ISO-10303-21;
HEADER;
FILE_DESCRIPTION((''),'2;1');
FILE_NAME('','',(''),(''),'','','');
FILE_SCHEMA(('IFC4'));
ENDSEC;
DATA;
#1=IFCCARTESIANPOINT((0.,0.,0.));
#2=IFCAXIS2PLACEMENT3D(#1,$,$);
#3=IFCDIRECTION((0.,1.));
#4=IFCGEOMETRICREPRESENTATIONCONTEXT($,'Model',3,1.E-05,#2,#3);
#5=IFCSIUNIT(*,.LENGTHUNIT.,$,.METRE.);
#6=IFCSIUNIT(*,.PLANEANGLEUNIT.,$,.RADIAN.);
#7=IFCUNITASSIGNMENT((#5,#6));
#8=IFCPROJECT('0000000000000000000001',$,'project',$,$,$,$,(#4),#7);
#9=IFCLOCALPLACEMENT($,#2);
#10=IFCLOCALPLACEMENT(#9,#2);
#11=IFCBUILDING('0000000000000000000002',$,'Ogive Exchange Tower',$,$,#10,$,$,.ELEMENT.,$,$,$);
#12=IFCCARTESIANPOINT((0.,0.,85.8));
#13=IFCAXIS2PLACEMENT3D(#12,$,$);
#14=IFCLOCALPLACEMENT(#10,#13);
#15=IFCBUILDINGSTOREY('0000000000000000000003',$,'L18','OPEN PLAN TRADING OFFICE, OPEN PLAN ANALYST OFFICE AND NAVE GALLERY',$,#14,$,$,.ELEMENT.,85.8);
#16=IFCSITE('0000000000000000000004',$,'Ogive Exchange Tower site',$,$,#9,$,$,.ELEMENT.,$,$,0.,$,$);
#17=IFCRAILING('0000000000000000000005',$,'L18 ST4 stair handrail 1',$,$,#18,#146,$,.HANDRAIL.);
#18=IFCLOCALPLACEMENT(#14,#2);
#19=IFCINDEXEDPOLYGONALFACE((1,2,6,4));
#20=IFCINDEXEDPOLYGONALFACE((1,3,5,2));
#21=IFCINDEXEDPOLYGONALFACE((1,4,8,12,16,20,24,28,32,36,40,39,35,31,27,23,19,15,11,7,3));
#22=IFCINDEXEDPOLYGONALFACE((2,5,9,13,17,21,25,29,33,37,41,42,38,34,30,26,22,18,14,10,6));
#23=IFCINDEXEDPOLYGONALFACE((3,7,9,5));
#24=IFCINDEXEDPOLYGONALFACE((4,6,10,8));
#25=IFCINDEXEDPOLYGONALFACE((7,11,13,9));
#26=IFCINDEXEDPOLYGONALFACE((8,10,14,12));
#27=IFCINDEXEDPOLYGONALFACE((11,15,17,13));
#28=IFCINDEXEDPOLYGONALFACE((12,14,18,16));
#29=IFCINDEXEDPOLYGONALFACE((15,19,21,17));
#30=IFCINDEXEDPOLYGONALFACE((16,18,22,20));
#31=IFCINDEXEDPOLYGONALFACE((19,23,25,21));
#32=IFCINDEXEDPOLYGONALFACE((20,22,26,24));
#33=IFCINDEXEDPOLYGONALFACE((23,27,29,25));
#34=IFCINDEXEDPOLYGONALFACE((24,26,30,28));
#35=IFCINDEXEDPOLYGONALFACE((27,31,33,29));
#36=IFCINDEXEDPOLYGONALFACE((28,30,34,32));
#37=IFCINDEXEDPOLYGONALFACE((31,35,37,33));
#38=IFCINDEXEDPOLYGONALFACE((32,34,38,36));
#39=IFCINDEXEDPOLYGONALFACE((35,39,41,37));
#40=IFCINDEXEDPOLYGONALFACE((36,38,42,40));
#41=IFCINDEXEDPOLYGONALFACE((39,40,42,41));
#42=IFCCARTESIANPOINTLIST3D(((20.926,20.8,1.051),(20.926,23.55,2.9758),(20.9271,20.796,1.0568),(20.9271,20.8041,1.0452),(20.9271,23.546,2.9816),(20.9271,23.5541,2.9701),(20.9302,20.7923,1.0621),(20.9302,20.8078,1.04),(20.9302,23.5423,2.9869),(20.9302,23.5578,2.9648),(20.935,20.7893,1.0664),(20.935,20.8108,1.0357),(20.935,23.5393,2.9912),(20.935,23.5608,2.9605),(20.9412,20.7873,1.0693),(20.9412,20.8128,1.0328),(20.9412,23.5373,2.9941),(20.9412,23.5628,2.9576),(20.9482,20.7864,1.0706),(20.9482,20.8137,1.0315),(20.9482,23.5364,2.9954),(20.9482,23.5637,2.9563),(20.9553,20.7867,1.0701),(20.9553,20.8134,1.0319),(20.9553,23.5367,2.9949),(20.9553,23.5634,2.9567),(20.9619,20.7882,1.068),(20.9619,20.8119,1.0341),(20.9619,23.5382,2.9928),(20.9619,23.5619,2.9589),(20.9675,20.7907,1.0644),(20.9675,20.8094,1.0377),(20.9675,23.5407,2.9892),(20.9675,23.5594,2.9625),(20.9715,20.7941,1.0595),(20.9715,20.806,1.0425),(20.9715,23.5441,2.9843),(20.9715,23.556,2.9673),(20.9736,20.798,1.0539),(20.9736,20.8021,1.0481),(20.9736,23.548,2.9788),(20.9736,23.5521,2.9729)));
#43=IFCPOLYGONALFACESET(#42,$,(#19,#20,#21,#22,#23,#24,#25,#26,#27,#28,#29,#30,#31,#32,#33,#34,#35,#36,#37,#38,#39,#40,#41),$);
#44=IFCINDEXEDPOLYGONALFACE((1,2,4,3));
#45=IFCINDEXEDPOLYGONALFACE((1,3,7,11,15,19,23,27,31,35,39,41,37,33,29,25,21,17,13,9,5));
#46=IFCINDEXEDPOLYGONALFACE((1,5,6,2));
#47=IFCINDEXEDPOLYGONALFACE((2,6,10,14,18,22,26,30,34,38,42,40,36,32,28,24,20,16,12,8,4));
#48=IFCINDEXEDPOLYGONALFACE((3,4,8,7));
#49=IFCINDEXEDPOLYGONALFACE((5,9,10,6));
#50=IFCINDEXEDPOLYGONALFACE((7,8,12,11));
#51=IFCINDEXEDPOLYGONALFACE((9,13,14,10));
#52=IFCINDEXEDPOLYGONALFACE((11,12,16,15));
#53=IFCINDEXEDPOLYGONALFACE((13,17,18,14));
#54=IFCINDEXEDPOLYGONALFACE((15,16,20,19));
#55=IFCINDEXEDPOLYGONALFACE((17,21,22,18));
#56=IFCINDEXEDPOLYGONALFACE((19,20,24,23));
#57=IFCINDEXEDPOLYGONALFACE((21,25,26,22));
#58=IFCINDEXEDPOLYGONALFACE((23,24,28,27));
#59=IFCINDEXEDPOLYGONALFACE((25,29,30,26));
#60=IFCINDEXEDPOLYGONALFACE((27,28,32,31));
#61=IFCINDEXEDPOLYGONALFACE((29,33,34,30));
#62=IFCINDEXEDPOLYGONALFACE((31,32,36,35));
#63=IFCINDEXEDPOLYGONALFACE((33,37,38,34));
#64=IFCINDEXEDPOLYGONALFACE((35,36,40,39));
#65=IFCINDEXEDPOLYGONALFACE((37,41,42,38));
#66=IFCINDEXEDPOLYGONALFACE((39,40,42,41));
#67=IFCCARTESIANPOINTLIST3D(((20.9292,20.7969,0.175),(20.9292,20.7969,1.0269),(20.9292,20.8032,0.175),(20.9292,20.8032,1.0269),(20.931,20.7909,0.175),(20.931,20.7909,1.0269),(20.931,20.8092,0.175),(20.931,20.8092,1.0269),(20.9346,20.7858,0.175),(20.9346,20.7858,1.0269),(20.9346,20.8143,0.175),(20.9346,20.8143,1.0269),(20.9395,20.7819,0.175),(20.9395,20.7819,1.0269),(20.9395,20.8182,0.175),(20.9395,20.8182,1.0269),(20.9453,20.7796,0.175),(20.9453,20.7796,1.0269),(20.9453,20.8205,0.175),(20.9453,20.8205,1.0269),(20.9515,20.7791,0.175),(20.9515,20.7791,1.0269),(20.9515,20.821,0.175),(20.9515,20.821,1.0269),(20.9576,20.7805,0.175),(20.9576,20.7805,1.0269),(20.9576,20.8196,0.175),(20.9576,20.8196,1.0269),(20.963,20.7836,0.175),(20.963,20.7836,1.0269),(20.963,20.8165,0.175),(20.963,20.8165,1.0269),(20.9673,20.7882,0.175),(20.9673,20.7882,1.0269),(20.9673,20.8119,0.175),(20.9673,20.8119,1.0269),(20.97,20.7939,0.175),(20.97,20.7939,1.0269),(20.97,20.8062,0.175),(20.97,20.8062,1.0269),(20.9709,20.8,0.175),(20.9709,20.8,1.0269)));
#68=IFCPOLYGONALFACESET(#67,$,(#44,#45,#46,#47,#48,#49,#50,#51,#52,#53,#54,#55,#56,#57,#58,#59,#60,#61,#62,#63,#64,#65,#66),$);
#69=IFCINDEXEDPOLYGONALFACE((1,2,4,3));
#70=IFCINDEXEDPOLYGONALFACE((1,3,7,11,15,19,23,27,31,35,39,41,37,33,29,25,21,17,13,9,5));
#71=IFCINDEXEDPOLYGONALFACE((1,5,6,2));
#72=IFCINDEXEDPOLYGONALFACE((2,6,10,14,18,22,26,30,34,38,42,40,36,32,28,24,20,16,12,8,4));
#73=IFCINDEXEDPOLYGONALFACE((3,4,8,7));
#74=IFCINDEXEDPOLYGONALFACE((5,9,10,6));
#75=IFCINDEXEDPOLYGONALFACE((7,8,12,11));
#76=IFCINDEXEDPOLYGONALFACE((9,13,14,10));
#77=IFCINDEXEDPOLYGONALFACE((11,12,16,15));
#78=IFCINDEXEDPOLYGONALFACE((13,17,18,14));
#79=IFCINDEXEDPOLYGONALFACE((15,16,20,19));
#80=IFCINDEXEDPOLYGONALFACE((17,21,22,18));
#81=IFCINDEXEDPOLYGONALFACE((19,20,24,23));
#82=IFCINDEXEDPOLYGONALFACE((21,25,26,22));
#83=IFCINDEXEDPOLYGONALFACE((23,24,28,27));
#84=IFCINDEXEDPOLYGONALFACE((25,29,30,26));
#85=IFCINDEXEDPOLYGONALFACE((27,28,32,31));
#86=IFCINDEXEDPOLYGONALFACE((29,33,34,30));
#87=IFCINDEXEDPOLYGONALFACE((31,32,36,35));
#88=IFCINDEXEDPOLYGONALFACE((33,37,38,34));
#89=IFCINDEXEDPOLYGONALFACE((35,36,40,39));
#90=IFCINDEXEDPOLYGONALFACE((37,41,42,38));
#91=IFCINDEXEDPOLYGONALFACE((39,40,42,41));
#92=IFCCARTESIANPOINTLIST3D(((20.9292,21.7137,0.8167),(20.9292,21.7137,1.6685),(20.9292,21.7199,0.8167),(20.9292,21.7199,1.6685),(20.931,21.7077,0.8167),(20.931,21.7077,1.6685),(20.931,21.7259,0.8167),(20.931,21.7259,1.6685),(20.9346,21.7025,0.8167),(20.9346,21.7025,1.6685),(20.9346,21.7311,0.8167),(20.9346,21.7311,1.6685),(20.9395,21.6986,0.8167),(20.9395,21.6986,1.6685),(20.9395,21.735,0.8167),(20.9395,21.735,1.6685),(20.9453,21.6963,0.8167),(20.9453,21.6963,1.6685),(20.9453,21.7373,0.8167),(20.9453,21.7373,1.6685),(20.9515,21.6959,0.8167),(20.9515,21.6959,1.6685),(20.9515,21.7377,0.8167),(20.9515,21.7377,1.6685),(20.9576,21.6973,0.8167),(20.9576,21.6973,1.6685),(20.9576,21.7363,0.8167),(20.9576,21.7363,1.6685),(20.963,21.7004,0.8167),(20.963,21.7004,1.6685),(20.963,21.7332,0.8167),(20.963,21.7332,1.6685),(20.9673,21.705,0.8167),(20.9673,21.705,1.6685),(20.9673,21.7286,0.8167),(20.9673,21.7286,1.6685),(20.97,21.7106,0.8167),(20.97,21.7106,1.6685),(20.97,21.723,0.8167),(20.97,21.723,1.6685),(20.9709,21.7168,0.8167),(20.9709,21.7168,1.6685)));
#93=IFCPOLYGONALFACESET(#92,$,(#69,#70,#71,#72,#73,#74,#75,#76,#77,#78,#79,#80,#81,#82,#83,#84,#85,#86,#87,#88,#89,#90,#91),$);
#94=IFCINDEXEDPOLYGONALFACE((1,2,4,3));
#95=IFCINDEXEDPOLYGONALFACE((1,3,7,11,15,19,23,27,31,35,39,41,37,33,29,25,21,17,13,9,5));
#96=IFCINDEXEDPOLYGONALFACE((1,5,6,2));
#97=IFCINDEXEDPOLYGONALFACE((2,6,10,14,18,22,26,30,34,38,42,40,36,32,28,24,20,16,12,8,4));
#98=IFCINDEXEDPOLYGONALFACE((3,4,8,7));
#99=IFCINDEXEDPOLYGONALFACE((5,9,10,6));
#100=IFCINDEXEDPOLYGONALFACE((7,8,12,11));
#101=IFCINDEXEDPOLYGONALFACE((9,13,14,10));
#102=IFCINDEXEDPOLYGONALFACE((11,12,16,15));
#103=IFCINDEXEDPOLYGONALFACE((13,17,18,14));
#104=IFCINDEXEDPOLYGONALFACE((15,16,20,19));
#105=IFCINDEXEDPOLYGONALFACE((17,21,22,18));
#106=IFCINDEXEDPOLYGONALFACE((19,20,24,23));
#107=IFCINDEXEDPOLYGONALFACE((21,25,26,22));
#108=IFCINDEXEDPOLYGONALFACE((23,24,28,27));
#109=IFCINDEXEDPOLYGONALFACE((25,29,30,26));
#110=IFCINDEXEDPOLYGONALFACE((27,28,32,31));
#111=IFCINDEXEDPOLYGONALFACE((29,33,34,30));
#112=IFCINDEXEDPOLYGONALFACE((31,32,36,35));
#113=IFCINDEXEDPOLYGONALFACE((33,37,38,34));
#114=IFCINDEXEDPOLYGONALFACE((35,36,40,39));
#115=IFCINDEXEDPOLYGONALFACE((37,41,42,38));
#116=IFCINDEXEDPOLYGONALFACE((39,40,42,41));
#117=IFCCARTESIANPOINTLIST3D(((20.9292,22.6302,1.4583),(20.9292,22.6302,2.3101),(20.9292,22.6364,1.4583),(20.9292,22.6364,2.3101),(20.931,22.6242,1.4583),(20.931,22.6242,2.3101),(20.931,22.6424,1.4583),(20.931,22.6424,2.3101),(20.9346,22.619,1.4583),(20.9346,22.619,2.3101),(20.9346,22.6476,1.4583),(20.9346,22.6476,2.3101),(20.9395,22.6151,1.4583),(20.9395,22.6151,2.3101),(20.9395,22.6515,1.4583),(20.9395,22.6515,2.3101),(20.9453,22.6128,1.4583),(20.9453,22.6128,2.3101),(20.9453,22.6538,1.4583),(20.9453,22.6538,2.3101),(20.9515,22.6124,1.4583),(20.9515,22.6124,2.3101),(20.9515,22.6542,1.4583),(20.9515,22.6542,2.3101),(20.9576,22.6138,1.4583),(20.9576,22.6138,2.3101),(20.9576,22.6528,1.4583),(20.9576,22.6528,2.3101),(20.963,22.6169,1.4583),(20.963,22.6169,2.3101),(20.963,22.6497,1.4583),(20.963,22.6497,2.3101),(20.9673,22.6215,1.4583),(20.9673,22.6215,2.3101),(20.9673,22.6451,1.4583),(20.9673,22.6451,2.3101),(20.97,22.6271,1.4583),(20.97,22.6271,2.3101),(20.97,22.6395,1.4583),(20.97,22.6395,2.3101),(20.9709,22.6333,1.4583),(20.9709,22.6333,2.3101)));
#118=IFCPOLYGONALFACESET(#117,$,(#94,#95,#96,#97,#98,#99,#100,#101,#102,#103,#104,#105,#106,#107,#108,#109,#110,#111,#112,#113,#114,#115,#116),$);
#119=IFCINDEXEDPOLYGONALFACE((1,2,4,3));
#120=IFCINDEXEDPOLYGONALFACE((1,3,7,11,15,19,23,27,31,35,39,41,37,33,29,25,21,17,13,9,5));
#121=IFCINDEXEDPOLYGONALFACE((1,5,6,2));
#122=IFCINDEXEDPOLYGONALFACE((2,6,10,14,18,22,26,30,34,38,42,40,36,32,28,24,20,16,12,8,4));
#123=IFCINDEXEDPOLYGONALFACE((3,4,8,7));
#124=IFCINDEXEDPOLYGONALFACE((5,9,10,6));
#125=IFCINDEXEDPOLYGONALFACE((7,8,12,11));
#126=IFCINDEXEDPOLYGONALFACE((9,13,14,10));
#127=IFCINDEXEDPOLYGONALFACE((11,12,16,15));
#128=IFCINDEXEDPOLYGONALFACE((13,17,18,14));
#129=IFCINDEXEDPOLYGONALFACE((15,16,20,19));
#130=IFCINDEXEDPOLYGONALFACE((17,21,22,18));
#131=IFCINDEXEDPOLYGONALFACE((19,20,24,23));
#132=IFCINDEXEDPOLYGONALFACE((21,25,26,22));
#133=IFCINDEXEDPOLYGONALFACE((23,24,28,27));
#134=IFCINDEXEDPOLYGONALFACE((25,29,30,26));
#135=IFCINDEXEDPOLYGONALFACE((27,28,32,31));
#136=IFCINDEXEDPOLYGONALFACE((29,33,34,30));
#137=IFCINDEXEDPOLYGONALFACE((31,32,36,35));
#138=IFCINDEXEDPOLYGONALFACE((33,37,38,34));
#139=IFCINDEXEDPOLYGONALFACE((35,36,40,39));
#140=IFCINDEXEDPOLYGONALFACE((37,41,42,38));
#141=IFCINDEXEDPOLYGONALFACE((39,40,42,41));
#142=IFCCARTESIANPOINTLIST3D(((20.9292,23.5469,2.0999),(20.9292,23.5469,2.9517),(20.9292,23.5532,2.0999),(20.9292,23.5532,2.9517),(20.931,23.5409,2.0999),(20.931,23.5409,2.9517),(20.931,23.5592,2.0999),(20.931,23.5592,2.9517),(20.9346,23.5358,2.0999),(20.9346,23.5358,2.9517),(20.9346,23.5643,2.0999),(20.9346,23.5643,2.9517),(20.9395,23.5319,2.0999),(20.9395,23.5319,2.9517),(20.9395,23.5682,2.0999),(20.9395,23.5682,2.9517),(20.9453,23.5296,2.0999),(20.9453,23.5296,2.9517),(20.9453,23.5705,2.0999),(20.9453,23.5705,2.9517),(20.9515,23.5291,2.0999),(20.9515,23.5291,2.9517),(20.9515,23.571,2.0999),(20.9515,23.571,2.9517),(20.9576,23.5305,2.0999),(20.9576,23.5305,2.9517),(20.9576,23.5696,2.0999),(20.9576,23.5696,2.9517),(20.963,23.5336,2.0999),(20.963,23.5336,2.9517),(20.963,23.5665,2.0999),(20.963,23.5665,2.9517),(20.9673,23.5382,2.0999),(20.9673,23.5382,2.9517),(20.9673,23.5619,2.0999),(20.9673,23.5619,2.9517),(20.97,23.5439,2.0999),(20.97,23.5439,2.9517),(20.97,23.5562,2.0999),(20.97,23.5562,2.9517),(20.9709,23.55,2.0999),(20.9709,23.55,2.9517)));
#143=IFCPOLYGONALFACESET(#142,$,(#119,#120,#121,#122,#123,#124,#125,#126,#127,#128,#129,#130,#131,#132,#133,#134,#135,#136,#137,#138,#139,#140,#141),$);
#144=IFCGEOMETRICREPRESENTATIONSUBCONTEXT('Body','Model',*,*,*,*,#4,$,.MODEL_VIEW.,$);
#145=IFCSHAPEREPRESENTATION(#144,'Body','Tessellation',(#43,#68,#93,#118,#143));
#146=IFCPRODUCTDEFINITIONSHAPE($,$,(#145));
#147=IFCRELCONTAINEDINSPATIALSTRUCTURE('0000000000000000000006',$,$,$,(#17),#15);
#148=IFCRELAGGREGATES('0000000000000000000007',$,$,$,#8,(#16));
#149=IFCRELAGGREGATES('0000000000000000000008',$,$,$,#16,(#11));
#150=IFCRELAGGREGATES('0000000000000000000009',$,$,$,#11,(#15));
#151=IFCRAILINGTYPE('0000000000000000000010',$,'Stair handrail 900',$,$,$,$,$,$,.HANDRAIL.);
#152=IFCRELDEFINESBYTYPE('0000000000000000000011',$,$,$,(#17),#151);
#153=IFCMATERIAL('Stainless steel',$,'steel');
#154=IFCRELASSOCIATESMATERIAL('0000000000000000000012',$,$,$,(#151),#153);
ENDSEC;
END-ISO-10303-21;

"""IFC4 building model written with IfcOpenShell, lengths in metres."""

from ifc_helpers import new_model, si_unit, direction, frame, origin, origin_2d, place, context, subcontext, project, spatial, circle, extrude, material, type_object, element, save


model = new_model("IFC4")

# Units and contexts
model_context = context("Model", 3, precision=1e-05, world=origin(), true_north=direction((0.0, 1.0)))
body_context = subcontext(model_context, "Body", "Model", "MODEL_VIEW")
ifc_project = project(units=[si_unit("LENGTHUNIT", "METRE"), si_unit("PLANEANGLEUNIT", "RADIAN")], contexts=[model_context])

# Site, building, storey
site_placement = place(None, origin())
site = spatial("IfcSite", under=ifc_project, at=site_placement, Name="Ogive Exchange Tower site", CompositionType="ELEMENT", RefElevation=0.0)
building_placement = place(site_placement, origin())
building = spatial("IfcBuilding", under=site, at=building_placement, Name="Ogive Exchange Tower", CompositionType="ELEMENT")
storey_placement = place(building_placement, frame((0.0, 0.0, 85.8)))
storey = spatial("IfcBuildingStorey", under=building, at=storey_placement, Name="L18", Description="OPEN PLAN TRADING OFFICE, OPEN PLAN ANALYST OFFICE AND NAVE GALLERY", CompositionType="ELEMENT", Elevation=85.8)

# Railing
ifc_material_1 = material(Name="Stainless steel", Category="steel")
railing_type = type_object("IfcRailingType", Name="Stair handrail 900", PredefinedType="HANDRAIL", material=ifc_material_1)
railing_1_placement = place(storey_placement, frame((20.95, 20.8, 0.175)))
element("IfcRailing", 1, at=railing_1_placement, inside=storey, type_object=railing_type, Name="L18 ST4 stair handrail 1", PredefinedType="HANDRAIL", context=body_context, shape_type="SweptSolid", body=[
    extrude(circle(Radius=0.0239, at=origin_2d()), frame((0.0, 0.0, 0.876), z_axis=(0.0, 0.819259, 0.573423), x_axis=(-1.0, 0.0, 0.0)), (0.0, 0.0, 1.0), 3.3567),
    extrude(circle(Radius=0.021, at=origin_2d()), origin(), (0.0, 0.0, 1.0), 0.8518),
    extrude(circle(Radius=0.021, at=origin_2d()), frame((0.0, 0.9167, 0.6416)), (0.0, 0.0, 1.0), 0.8518),
    extrude(circle(Radius=0.021, at=origin_2d()), frame((0.0, 1.8333, 1.2832)), (0.0, 0.0, 1.0), 0.8518),
    extrude(circle(Radius=0.021, at=origin_2d()), frame((0.0, 2.75, 1.9248)), (0.0, 0.0, 1.0), 0.8518),
])

save(model, "model.ifc")
